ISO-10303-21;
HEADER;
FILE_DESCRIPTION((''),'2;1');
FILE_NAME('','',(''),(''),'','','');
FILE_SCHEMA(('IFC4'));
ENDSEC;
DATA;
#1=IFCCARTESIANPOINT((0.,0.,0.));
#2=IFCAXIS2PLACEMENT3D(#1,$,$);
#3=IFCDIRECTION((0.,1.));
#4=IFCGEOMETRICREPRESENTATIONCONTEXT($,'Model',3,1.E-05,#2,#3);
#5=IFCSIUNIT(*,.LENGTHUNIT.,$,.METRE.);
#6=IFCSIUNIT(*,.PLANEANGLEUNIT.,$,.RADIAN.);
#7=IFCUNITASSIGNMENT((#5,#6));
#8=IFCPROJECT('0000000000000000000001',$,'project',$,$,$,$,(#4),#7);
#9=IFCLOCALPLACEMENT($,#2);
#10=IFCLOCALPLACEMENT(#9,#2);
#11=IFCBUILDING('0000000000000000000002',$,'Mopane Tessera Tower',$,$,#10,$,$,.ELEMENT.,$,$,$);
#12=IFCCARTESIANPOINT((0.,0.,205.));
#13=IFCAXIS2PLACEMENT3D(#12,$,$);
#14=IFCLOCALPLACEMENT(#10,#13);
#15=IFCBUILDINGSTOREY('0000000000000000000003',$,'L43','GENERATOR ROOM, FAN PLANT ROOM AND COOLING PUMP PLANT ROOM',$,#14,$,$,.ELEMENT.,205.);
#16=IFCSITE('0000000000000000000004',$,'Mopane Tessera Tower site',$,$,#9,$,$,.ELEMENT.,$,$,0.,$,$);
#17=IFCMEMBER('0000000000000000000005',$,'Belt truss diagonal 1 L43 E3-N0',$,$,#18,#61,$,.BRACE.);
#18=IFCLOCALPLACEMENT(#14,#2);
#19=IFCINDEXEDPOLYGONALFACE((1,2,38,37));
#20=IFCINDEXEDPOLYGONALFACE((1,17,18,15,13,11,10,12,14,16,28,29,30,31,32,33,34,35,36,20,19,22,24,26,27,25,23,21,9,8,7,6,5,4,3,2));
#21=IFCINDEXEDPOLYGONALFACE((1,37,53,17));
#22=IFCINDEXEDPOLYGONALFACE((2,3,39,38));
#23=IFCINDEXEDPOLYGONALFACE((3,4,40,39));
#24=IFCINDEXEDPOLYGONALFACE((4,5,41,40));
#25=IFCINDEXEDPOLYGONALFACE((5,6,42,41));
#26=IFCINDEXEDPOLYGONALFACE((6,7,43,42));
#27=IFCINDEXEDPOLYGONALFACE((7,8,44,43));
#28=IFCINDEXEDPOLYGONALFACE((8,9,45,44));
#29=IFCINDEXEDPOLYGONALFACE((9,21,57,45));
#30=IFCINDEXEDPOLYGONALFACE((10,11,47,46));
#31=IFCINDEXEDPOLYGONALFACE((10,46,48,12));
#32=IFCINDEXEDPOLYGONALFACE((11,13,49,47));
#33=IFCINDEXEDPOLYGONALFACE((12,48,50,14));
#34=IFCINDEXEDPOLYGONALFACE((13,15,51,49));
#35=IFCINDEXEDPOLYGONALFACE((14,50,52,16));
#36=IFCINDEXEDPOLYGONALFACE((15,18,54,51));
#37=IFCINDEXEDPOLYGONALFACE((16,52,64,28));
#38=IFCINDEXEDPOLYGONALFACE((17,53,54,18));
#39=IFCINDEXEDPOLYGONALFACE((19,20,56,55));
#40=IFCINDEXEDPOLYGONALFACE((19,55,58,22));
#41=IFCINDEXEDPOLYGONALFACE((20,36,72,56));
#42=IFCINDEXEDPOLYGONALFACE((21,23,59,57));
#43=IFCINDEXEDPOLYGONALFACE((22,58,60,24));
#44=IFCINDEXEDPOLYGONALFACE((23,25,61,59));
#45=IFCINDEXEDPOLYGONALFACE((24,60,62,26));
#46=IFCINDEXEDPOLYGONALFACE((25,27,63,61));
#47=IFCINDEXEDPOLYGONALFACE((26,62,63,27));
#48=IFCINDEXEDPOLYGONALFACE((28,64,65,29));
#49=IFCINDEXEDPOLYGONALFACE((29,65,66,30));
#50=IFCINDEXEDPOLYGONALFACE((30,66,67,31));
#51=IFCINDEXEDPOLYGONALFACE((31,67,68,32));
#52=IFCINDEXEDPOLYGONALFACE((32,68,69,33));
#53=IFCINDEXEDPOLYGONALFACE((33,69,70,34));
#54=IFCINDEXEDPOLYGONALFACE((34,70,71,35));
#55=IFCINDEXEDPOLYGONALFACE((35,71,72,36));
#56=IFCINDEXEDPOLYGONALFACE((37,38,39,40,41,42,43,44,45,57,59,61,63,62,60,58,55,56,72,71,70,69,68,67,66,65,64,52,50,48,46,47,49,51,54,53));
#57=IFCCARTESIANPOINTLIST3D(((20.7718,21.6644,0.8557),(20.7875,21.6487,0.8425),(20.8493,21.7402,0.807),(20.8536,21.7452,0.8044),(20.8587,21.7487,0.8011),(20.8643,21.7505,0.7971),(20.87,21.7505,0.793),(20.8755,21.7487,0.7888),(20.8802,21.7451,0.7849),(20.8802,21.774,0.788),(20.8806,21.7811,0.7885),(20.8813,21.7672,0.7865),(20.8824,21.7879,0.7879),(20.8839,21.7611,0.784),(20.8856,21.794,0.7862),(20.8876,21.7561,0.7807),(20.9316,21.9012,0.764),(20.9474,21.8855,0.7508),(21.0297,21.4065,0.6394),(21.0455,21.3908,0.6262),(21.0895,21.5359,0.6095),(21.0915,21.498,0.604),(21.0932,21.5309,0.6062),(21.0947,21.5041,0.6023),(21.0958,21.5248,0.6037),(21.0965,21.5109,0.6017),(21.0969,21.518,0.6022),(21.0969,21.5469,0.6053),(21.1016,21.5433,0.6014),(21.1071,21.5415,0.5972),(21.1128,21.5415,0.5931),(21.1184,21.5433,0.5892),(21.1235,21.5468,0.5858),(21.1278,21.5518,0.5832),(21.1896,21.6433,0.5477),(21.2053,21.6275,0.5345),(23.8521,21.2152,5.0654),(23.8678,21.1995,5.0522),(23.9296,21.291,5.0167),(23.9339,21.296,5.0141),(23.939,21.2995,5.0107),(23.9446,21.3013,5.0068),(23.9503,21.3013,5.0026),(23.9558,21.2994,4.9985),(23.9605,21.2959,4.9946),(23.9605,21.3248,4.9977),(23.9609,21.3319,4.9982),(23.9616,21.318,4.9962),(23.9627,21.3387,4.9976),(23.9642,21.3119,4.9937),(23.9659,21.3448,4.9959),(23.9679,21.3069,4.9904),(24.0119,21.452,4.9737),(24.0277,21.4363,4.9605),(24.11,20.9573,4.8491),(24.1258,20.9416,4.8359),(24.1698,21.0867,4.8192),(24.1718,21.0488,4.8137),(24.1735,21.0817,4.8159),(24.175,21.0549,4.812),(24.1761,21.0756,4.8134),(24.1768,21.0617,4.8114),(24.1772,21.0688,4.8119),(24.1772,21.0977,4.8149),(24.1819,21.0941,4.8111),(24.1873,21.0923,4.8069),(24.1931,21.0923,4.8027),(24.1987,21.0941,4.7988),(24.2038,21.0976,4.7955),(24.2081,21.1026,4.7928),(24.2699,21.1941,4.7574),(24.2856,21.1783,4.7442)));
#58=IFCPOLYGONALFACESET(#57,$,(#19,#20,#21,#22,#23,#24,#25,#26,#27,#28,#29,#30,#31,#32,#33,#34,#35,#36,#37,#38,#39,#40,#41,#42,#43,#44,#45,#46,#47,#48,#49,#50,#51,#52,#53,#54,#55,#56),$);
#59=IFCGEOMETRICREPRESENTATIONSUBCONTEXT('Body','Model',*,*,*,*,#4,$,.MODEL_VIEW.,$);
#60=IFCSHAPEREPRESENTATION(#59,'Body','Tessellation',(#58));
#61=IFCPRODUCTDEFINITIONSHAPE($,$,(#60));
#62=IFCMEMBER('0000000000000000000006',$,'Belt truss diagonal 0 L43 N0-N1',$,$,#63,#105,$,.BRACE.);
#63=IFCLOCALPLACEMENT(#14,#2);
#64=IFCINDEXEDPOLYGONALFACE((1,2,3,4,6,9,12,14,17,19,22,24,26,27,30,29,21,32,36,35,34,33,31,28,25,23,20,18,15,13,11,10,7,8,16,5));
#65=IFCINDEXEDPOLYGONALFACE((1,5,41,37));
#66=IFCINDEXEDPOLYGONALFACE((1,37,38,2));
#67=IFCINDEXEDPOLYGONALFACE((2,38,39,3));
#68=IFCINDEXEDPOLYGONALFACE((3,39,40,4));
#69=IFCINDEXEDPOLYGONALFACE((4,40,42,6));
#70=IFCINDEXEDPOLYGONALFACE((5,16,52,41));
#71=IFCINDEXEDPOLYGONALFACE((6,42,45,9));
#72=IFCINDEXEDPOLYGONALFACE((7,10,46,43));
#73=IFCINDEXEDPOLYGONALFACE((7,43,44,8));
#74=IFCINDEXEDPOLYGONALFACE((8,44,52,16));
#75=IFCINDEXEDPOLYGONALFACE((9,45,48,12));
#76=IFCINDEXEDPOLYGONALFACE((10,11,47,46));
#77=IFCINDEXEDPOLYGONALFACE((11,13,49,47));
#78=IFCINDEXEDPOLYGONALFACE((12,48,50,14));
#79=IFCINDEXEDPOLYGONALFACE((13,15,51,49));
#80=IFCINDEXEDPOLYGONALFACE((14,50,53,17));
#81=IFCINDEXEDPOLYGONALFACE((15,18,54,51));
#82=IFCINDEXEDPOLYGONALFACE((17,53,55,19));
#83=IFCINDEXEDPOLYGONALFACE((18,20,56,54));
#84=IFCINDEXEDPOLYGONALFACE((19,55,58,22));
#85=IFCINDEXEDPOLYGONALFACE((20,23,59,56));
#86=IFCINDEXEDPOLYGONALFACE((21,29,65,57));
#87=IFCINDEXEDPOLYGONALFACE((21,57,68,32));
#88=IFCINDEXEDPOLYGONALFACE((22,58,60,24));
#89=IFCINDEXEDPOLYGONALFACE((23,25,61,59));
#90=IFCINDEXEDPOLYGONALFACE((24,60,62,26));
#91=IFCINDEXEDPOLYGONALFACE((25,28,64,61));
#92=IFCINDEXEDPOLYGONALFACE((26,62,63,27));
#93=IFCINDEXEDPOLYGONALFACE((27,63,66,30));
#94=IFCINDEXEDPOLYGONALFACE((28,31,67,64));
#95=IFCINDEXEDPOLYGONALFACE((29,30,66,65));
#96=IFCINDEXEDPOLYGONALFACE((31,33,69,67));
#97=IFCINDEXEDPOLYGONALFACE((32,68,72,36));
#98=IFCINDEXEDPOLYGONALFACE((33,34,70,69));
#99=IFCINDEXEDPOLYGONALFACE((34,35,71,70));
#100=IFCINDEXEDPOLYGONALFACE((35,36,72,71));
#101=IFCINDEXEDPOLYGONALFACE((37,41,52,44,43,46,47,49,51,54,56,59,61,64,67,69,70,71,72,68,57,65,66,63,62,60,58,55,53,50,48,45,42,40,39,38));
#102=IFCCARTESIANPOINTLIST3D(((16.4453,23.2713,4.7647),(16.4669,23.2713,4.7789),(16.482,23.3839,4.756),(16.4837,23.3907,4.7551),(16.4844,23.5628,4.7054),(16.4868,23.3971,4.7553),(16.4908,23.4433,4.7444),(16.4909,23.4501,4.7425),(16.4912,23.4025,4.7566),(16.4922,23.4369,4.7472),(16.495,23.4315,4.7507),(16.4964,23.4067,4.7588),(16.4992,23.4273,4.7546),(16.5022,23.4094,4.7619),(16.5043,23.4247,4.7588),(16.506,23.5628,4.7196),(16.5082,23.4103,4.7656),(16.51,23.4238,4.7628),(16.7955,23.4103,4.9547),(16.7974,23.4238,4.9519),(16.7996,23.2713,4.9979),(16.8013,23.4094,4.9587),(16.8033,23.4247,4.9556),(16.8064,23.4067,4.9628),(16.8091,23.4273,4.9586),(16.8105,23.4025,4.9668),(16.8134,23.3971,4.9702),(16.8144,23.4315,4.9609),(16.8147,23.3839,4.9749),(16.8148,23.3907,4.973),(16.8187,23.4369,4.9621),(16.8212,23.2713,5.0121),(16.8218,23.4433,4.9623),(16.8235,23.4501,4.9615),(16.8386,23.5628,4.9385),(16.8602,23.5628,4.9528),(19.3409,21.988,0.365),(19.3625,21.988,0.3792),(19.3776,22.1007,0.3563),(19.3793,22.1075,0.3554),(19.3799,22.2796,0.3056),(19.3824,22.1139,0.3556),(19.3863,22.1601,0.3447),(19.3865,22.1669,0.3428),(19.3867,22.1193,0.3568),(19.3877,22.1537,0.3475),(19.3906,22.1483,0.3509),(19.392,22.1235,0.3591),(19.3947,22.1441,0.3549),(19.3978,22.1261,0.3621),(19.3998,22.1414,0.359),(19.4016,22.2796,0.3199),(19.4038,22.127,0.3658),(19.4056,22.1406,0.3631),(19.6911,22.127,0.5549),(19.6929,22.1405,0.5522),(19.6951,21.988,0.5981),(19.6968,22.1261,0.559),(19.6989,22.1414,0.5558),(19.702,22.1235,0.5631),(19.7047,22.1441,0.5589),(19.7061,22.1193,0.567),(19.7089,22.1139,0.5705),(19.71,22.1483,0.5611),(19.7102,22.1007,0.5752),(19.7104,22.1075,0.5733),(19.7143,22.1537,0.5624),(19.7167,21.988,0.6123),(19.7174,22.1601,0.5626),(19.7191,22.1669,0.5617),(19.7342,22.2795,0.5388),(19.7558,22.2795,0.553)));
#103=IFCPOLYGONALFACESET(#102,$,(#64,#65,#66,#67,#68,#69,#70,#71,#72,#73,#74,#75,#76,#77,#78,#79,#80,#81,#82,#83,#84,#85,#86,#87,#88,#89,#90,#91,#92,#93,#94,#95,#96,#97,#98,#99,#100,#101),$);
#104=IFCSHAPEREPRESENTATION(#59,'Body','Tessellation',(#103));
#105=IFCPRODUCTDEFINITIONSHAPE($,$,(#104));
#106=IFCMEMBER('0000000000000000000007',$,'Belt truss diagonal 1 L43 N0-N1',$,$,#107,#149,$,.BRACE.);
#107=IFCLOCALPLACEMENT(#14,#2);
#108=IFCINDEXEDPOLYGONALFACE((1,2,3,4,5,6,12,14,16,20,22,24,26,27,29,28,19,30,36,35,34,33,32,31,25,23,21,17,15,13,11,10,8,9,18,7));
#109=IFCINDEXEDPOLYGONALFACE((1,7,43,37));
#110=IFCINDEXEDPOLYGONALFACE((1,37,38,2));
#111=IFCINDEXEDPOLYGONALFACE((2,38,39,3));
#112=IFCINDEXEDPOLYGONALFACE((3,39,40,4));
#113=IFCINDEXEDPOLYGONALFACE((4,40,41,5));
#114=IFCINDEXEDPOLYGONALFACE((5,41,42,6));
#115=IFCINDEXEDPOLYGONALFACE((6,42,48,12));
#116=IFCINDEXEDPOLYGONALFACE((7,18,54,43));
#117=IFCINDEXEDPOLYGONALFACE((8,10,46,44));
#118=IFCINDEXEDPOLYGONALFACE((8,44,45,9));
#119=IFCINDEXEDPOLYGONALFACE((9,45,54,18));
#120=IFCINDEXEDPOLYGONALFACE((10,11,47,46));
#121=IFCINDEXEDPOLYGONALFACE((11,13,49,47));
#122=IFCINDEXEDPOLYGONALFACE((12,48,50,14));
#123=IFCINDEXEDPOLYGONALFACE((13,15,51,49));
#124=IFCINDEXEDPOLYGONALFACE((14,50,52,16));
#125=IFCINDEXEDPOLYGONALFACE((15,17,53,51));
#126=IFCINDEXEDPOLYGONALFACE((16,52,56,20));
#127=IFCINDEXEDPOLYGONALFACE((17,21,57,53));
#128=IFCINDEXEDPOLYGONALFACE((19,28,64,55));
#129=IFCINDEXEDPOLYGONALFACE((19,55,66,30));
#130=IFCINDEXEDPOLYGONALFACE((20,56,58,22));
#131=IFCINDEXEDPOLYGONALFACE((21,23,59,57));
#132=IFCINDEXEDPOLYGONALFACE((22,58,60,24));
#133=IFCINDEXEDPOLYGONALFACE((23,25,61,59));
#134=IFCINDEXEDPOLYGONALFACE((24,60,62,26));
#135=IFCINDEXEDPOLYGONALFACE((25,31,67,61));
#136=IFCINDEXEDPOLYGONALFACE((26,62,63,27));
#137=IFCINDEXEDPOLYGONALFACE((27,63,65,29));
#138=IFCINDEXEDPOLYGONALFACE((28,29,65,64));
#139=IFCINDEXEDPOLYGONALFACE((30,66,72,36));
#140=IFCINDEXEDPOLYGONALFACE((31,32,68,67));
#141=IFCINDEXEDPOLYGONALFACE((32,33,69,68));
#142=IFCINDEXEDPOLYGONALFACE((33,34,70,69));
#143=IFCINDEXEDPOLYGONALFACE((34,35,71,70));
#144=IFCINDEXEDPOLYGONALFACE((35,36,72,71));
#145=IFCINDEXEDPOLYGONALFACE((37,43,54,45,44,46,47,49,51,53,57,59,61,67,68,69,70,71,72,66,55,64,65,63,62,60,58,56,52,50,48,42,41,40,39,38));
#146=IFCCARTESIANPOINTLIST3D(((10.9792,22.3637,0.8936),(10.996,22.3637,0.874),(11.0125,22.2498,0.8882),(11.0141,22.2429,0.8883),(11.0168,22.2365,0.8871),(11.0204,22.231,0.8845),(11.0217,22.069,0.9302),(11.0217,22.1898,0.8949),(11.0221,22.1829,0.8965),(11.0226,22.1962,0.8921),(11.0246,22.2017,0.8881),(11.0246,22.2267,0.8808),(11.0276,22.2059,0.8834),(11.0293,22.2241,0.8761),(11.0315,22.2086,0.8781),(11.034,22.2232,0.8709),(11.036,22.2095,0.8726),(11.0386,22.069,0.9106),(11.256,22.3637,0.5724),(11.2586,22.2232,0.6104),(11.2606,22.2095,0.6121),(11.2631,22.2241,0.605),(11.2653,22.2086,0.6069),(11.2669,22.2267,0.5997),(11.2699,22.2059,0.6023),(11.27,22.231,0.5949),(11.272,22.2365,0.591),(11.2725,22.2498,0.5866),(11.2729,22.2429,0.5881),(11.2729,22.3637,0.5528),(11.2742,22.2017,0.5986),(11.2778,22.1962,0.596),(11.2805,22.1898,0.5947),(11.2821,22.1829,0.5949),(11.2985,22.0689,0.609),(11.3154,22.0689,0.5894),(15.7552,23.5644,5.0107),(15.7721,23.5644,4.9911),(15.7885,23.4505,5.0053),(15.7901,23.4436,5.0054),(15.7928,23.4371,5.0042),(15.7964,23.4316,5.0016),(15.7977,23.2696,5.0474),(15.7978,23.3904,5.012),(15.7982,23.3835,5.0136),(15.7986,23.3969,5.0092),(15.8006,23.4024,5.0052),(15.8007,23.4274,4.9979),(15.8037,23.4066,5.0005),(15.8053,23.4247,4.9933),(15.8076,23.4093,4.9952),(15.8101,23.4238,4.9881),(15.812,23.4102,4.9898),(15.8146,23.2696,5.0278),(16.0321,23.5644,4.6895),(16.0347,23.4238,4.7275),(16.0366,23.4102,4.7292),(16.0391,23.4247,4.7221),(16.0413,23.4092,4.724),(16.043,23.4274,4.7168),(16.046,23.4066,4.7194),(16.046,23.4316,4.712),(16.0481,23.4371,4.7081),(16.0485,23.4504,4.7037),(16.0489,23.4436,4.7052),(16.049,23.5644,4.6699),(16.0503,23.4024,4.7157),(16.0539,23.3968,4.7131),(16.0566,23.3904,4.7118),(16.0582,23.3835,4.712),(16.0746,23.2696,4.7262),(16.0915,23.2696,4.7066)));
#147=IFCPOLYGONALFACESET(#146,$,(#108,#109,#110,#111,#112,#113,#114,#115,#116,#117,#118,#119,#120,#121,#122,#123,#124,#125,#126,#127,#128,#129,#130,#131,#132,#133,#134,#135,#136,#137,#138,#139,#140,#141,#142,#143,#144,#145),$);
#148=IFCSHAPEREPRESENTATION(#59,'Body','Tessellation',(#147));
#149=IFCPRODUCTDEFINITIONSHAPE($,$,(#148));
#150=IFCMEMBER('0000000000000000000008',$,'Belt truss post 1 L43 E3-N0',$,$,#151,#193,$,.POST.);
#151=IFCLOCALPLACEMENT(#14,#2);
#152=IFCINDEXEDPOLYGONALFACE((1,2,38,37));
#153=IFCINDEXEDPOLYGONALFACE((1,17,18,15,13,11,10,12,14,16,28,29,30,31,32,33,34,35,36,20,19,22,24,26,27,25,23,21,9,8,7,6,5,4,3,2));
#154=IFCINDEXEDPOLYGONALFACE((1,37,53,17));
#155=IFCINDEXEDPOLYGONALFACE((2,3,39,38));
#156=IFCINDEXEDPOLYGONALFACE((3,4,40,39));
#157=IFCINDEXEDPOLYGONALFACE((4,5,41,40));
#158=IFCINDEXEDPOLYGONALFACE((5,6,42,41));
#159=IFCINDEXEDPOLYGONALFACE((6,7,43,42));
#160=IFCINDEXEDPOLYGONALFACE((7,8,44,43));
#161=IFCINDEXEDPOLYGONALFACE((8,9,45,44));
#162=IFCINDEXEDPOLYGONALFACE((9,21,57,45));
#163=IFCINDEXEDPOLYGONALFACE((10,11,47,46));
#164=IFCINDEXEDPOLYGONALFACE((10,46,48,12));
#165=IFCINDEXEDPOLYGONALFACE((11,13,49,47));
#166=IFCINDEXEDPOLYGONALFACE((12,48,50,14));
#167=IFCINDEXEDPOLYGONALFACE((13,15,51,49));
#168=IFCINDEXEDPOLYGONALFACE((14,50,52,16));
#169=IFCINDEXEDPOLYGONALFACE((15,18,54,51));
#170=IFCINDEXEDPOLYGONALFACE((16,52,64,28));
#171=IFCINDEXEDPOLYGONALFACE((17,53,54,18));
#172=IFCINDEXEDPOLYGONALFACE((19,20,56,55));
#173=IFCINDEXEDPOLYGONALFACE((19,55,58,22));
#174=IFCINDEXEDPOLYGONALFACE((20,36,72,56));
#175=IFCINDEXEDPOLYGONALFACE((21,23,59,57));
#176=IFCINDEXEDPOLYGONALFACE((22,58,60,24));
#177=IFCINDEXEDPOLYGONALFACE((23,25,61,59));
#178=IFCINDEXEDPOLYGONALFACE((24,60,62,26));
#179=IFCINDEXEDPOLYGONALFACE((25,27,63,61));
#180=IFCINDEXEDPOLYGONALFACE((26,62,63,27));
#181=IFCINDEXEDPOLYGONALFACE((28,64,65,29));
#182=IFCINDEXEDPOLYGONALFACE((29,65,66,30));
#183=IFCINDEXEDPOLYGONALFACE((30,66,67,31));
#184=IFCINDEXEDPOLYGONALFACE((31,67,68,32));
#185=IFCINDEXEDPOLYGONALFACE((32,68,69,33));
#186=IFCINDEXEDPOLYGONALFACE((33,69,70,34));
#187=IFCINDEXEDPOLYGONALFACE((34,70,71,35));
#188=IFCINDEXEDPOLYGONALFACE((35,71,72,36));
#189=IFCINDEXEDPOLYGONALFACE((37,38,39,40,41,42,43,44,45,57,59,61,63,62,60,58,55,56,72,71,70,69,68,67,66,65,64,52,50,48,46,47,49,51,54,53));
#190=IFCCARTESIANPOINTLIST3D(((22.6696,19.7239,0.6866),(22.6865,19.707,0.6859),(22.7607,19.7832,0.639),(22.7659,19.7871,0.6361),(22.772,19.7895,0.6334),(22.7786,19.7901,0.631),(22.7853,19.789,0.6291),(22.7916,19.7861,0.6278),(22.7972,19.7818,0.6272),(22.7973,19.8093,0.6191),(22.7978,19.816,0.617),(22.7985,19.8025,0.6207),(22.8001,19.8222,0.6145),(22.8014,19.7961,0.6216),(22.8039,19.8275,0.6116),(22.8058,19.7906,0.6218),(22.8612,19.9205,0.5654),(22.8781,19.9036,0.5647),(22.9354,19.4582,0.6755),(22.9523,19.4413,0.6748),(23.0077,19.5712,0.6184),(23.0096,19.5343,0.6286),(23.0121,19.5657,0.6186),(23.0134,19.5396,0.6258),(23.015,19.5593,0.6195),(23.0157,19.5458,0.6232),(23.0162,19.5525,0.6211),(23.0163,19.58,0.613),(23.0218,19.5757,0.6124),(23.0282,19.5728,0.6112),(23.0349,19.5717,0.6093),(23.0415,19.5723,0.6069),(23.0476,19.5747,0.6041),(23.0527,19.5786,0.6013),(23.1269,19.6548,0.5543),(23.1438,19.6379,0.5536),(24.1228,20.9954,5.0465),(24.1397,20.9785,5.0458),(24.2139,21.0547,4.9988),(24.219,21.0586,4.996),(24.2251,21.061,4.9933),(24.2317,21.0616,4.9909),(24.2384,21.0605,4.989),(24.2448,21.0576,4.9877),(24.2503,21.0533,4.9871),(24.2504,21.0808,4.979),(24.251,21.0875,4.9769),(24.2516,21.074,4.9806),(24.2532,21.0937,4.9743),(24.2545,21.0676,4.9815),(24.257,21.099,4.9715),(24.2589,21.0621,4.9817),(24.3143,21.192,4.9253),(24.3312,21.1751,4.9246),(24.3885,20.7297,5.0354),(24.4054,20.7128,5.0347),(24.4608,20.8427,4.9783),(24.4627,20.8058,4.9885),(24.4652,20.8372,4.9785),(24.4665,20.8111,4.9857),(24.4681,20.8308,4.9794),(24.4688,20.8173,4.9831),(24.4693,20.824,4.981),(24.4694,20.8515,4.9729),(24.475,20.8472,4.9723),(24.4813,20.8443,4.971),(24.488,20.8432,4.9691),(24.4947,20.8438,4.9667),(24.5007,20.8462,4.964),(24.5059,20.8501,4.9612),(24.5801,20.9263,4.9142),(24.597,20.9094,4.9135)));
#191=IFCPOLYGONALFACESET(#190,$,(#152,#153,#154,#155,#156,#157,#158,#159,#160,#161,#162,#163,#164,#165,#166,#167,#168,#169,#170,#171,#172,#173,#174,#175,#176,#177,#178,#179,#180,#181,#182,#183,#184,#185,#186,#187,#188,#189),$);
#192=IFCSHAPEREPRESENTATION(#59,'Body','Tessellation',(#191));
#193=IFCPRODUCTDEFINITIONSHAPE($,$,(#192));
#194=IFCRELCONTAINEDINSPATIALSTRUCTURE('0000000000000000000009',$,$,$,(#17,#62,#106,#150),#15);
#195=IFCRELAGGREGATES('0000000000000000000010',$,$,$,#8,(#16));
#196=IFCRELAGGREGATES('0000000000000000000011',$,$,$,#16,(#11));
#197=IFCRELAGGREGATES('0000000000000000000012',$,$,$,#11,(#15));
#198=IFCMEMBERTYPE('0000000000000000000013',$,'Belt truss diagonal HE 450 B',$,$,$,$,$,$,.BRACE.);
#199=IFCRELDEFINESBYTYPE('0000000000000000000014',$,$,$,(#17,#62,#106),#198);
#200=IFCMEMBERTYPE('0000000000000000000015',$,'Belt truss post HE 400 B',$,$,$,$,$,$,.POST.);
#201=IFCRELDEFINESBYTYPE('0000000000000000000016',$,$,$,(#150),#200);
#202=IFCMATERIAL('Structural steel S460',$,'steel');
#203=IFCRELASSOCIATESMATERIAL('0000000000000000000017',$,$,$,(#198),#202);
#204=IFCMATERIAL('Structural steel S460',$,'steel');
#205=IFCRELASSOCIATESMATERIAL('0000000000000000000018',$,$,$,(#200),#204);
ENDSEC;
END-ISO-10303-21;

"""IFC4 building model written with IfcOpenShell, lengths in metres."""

from ifc_helpers import new_model, si_unit, direction, frame, origin, origin_2d, place, context, subcontext, project, spatial, i_section, extrude, material, material_profile, profile_set, type_object, element, save


model = new_model("IFC4")

# Units and contexts
model_context = context("Model", 3, precision=1e-05, world=origin(), true_north=direction((0.0, 1.0)))
body_context = subcontext(model_context, "Body", "Model", "MODEL_VIEW")
ifc_project = project(units=[si_unit("LENGTHUNIT", "METRE"), si_unit("PLANEANGLEUNIT", "RADIAN")], contexts=[model_context])

# Site, building, storey
site_placement = place(None, origin())
site = spatial("IfcSite", under=ifc_project, at=site_placement, Name="Mopane Tessera Tower site", CompositionType="ELEMENT", RefElevation=0.0)
building_placement = place(site_placement, origin())
building = spatial("IfcBuilding", under=site, at=building_placement, Name="Mopane Tessera Tower", CompositionType="ELEMENT")
storey_placement = place(building_placement, frame((0.0, 0.0, 205.0)))
storey = spatial("IfcBuildingStorey", under=building, at=storey_placement, Name="L43", Description="GENERATOR ROOM, FAN PLANT ROOM AND COOLING PUMP PLANT ROOM", CompositionType="ELEMENT", Elevation=205.0)

# Members
ifc_material_1 = material(Name="Structural steel S460", Category="steel")
ifc_material_profile_1 = material_profile(ifc_material_1, i_section(OverallWidth=0.3, OverallDepth=0.45, WebThickness=0.0139, FlangeThickness=0.0259, FilletRadius=0.0271, at=origin_2d()))
ifc_profile_set_1 = profile_set([ifc_material_profile_1], Name="Structural steel S460")
member_type_1 = type_object("IfcMemberType", Name="Belt truss diagonal HE 450 B", PredefinedType="BRACE", material=ifc_profile_set_1)
member_1_placement = place(storey_placement, frame((24.0688, 21.1968, 4.9048), z_axis=(-0.588338, 0.0858, -0.80405), x_axis=(-0.532814, -0.7891, 0.305664)))
element("IfcMember", 1, at=member_1_placement, inside=storey, type_object=member_type_1, Name="Belt truss diagonal 1 L43 E3-N0", PredefinedType="BRACE", context=body_context, shape_type="SweptSolid", body=[
    extrude(i_section(OverallWidth=0.3, OverallDepth=0.45, WebThickness=0.0139, FlangeThickness=0.0259, FilletRadius=0.0271, at=origin_2d()), origin(), (0.0, 0.0, 1.0), 5.2356),
])
member_2_placement = place(storey_placement, frame((19.5483, 22.1338, 0.459), z_axis=(-0.534125, 0.236708, 0.811591), x_axis=(-0.130134, -0.971581, 0.197727)))
element("IfcMember", 2, at=member_2_placement, inside=storey, type_object=member_type_1, Name="Belt truss diagonal 0 L43 N0-N1", PredefinedType="BRACE", context=body_context, shape_type="SweptSolid", body=[
    extrude(i_section(OverallWidth=0.3, OverallDepth=0.45, WebThickness=0.0139, FlangeThickness=0.0259, FilletRadius=0.0271, at=origin_2d()), origin(), (0.0, 0.0, 1.0), 5.4211),
])
member_3_placement = place(storey_placement, frame((15.9233, 23.417, 4.8586), z_axis=(-0.744054, -0.18705, -0.641401), x_axis=(0.141659, -0.98235, 0.122149)))
element("IfcMember", 3, at=member_3_placement, inside=storey, type_object=member_type_1, Name="Belt truss diagonal 1 L43 N0-N1", PredefinedType="BRACE", context=body_context, shape_type="SweptSolid", body=[
    extrude(i_section(OverallWidth=0.3, OverallDepth=0.45, WebThickness=0.0139, FlangeThickness=0.0259, FilletRadius=0.0271, at=origin_2d()), origin(), (0.0, 0.0, 1.0), 6.4189),
])
ifc_material_2 = material(Name="Structural steel S460", Category="steel")
ifc_material_profile_2 = material_profile(ifc_material_2, i_section(OverallWidth=0.3, OverallDepth=0.3999, WebThickness=0.0134, FlangeThickness=0.0239, FilletRadius=0.0271, at=origin_2d()))
ifc_profile_set_2 = profile_set([ifc_material_profile_2], Name="Structural steel S460")
member_type_2 = type_object("IfcMemberType", Name="Belt truss post HE 400 B", PredefinedType="POST", material=ifc_profile_set_2)
member_4_placement = place(storey_placement, frame((22.9067, 19.6809, 0.6201), z_axis=(0.304747, 0.266654, 0.914344), x_axis=(-0.638405, -0.655233, 0.403866)))
element("IfcMember", 4, at=member_4_placement, inside=storey, type_object=member_type_2, Name="Belt truss post 1 L43 E3-N0", PredefinedType="POST", context=body_context, shape_type="SweptSolid", body=[
    extrude(i_section(OverallWidth=0.3, OverallDepth=0.3999, WebThickness=0.0134, FlangeThickness=0.0239, FilletRadius=0.0271, at=origin_2d()), origin(), (0.0, 0.0, 1.0), 4.7683),
])

save(model, "model.ifc")
